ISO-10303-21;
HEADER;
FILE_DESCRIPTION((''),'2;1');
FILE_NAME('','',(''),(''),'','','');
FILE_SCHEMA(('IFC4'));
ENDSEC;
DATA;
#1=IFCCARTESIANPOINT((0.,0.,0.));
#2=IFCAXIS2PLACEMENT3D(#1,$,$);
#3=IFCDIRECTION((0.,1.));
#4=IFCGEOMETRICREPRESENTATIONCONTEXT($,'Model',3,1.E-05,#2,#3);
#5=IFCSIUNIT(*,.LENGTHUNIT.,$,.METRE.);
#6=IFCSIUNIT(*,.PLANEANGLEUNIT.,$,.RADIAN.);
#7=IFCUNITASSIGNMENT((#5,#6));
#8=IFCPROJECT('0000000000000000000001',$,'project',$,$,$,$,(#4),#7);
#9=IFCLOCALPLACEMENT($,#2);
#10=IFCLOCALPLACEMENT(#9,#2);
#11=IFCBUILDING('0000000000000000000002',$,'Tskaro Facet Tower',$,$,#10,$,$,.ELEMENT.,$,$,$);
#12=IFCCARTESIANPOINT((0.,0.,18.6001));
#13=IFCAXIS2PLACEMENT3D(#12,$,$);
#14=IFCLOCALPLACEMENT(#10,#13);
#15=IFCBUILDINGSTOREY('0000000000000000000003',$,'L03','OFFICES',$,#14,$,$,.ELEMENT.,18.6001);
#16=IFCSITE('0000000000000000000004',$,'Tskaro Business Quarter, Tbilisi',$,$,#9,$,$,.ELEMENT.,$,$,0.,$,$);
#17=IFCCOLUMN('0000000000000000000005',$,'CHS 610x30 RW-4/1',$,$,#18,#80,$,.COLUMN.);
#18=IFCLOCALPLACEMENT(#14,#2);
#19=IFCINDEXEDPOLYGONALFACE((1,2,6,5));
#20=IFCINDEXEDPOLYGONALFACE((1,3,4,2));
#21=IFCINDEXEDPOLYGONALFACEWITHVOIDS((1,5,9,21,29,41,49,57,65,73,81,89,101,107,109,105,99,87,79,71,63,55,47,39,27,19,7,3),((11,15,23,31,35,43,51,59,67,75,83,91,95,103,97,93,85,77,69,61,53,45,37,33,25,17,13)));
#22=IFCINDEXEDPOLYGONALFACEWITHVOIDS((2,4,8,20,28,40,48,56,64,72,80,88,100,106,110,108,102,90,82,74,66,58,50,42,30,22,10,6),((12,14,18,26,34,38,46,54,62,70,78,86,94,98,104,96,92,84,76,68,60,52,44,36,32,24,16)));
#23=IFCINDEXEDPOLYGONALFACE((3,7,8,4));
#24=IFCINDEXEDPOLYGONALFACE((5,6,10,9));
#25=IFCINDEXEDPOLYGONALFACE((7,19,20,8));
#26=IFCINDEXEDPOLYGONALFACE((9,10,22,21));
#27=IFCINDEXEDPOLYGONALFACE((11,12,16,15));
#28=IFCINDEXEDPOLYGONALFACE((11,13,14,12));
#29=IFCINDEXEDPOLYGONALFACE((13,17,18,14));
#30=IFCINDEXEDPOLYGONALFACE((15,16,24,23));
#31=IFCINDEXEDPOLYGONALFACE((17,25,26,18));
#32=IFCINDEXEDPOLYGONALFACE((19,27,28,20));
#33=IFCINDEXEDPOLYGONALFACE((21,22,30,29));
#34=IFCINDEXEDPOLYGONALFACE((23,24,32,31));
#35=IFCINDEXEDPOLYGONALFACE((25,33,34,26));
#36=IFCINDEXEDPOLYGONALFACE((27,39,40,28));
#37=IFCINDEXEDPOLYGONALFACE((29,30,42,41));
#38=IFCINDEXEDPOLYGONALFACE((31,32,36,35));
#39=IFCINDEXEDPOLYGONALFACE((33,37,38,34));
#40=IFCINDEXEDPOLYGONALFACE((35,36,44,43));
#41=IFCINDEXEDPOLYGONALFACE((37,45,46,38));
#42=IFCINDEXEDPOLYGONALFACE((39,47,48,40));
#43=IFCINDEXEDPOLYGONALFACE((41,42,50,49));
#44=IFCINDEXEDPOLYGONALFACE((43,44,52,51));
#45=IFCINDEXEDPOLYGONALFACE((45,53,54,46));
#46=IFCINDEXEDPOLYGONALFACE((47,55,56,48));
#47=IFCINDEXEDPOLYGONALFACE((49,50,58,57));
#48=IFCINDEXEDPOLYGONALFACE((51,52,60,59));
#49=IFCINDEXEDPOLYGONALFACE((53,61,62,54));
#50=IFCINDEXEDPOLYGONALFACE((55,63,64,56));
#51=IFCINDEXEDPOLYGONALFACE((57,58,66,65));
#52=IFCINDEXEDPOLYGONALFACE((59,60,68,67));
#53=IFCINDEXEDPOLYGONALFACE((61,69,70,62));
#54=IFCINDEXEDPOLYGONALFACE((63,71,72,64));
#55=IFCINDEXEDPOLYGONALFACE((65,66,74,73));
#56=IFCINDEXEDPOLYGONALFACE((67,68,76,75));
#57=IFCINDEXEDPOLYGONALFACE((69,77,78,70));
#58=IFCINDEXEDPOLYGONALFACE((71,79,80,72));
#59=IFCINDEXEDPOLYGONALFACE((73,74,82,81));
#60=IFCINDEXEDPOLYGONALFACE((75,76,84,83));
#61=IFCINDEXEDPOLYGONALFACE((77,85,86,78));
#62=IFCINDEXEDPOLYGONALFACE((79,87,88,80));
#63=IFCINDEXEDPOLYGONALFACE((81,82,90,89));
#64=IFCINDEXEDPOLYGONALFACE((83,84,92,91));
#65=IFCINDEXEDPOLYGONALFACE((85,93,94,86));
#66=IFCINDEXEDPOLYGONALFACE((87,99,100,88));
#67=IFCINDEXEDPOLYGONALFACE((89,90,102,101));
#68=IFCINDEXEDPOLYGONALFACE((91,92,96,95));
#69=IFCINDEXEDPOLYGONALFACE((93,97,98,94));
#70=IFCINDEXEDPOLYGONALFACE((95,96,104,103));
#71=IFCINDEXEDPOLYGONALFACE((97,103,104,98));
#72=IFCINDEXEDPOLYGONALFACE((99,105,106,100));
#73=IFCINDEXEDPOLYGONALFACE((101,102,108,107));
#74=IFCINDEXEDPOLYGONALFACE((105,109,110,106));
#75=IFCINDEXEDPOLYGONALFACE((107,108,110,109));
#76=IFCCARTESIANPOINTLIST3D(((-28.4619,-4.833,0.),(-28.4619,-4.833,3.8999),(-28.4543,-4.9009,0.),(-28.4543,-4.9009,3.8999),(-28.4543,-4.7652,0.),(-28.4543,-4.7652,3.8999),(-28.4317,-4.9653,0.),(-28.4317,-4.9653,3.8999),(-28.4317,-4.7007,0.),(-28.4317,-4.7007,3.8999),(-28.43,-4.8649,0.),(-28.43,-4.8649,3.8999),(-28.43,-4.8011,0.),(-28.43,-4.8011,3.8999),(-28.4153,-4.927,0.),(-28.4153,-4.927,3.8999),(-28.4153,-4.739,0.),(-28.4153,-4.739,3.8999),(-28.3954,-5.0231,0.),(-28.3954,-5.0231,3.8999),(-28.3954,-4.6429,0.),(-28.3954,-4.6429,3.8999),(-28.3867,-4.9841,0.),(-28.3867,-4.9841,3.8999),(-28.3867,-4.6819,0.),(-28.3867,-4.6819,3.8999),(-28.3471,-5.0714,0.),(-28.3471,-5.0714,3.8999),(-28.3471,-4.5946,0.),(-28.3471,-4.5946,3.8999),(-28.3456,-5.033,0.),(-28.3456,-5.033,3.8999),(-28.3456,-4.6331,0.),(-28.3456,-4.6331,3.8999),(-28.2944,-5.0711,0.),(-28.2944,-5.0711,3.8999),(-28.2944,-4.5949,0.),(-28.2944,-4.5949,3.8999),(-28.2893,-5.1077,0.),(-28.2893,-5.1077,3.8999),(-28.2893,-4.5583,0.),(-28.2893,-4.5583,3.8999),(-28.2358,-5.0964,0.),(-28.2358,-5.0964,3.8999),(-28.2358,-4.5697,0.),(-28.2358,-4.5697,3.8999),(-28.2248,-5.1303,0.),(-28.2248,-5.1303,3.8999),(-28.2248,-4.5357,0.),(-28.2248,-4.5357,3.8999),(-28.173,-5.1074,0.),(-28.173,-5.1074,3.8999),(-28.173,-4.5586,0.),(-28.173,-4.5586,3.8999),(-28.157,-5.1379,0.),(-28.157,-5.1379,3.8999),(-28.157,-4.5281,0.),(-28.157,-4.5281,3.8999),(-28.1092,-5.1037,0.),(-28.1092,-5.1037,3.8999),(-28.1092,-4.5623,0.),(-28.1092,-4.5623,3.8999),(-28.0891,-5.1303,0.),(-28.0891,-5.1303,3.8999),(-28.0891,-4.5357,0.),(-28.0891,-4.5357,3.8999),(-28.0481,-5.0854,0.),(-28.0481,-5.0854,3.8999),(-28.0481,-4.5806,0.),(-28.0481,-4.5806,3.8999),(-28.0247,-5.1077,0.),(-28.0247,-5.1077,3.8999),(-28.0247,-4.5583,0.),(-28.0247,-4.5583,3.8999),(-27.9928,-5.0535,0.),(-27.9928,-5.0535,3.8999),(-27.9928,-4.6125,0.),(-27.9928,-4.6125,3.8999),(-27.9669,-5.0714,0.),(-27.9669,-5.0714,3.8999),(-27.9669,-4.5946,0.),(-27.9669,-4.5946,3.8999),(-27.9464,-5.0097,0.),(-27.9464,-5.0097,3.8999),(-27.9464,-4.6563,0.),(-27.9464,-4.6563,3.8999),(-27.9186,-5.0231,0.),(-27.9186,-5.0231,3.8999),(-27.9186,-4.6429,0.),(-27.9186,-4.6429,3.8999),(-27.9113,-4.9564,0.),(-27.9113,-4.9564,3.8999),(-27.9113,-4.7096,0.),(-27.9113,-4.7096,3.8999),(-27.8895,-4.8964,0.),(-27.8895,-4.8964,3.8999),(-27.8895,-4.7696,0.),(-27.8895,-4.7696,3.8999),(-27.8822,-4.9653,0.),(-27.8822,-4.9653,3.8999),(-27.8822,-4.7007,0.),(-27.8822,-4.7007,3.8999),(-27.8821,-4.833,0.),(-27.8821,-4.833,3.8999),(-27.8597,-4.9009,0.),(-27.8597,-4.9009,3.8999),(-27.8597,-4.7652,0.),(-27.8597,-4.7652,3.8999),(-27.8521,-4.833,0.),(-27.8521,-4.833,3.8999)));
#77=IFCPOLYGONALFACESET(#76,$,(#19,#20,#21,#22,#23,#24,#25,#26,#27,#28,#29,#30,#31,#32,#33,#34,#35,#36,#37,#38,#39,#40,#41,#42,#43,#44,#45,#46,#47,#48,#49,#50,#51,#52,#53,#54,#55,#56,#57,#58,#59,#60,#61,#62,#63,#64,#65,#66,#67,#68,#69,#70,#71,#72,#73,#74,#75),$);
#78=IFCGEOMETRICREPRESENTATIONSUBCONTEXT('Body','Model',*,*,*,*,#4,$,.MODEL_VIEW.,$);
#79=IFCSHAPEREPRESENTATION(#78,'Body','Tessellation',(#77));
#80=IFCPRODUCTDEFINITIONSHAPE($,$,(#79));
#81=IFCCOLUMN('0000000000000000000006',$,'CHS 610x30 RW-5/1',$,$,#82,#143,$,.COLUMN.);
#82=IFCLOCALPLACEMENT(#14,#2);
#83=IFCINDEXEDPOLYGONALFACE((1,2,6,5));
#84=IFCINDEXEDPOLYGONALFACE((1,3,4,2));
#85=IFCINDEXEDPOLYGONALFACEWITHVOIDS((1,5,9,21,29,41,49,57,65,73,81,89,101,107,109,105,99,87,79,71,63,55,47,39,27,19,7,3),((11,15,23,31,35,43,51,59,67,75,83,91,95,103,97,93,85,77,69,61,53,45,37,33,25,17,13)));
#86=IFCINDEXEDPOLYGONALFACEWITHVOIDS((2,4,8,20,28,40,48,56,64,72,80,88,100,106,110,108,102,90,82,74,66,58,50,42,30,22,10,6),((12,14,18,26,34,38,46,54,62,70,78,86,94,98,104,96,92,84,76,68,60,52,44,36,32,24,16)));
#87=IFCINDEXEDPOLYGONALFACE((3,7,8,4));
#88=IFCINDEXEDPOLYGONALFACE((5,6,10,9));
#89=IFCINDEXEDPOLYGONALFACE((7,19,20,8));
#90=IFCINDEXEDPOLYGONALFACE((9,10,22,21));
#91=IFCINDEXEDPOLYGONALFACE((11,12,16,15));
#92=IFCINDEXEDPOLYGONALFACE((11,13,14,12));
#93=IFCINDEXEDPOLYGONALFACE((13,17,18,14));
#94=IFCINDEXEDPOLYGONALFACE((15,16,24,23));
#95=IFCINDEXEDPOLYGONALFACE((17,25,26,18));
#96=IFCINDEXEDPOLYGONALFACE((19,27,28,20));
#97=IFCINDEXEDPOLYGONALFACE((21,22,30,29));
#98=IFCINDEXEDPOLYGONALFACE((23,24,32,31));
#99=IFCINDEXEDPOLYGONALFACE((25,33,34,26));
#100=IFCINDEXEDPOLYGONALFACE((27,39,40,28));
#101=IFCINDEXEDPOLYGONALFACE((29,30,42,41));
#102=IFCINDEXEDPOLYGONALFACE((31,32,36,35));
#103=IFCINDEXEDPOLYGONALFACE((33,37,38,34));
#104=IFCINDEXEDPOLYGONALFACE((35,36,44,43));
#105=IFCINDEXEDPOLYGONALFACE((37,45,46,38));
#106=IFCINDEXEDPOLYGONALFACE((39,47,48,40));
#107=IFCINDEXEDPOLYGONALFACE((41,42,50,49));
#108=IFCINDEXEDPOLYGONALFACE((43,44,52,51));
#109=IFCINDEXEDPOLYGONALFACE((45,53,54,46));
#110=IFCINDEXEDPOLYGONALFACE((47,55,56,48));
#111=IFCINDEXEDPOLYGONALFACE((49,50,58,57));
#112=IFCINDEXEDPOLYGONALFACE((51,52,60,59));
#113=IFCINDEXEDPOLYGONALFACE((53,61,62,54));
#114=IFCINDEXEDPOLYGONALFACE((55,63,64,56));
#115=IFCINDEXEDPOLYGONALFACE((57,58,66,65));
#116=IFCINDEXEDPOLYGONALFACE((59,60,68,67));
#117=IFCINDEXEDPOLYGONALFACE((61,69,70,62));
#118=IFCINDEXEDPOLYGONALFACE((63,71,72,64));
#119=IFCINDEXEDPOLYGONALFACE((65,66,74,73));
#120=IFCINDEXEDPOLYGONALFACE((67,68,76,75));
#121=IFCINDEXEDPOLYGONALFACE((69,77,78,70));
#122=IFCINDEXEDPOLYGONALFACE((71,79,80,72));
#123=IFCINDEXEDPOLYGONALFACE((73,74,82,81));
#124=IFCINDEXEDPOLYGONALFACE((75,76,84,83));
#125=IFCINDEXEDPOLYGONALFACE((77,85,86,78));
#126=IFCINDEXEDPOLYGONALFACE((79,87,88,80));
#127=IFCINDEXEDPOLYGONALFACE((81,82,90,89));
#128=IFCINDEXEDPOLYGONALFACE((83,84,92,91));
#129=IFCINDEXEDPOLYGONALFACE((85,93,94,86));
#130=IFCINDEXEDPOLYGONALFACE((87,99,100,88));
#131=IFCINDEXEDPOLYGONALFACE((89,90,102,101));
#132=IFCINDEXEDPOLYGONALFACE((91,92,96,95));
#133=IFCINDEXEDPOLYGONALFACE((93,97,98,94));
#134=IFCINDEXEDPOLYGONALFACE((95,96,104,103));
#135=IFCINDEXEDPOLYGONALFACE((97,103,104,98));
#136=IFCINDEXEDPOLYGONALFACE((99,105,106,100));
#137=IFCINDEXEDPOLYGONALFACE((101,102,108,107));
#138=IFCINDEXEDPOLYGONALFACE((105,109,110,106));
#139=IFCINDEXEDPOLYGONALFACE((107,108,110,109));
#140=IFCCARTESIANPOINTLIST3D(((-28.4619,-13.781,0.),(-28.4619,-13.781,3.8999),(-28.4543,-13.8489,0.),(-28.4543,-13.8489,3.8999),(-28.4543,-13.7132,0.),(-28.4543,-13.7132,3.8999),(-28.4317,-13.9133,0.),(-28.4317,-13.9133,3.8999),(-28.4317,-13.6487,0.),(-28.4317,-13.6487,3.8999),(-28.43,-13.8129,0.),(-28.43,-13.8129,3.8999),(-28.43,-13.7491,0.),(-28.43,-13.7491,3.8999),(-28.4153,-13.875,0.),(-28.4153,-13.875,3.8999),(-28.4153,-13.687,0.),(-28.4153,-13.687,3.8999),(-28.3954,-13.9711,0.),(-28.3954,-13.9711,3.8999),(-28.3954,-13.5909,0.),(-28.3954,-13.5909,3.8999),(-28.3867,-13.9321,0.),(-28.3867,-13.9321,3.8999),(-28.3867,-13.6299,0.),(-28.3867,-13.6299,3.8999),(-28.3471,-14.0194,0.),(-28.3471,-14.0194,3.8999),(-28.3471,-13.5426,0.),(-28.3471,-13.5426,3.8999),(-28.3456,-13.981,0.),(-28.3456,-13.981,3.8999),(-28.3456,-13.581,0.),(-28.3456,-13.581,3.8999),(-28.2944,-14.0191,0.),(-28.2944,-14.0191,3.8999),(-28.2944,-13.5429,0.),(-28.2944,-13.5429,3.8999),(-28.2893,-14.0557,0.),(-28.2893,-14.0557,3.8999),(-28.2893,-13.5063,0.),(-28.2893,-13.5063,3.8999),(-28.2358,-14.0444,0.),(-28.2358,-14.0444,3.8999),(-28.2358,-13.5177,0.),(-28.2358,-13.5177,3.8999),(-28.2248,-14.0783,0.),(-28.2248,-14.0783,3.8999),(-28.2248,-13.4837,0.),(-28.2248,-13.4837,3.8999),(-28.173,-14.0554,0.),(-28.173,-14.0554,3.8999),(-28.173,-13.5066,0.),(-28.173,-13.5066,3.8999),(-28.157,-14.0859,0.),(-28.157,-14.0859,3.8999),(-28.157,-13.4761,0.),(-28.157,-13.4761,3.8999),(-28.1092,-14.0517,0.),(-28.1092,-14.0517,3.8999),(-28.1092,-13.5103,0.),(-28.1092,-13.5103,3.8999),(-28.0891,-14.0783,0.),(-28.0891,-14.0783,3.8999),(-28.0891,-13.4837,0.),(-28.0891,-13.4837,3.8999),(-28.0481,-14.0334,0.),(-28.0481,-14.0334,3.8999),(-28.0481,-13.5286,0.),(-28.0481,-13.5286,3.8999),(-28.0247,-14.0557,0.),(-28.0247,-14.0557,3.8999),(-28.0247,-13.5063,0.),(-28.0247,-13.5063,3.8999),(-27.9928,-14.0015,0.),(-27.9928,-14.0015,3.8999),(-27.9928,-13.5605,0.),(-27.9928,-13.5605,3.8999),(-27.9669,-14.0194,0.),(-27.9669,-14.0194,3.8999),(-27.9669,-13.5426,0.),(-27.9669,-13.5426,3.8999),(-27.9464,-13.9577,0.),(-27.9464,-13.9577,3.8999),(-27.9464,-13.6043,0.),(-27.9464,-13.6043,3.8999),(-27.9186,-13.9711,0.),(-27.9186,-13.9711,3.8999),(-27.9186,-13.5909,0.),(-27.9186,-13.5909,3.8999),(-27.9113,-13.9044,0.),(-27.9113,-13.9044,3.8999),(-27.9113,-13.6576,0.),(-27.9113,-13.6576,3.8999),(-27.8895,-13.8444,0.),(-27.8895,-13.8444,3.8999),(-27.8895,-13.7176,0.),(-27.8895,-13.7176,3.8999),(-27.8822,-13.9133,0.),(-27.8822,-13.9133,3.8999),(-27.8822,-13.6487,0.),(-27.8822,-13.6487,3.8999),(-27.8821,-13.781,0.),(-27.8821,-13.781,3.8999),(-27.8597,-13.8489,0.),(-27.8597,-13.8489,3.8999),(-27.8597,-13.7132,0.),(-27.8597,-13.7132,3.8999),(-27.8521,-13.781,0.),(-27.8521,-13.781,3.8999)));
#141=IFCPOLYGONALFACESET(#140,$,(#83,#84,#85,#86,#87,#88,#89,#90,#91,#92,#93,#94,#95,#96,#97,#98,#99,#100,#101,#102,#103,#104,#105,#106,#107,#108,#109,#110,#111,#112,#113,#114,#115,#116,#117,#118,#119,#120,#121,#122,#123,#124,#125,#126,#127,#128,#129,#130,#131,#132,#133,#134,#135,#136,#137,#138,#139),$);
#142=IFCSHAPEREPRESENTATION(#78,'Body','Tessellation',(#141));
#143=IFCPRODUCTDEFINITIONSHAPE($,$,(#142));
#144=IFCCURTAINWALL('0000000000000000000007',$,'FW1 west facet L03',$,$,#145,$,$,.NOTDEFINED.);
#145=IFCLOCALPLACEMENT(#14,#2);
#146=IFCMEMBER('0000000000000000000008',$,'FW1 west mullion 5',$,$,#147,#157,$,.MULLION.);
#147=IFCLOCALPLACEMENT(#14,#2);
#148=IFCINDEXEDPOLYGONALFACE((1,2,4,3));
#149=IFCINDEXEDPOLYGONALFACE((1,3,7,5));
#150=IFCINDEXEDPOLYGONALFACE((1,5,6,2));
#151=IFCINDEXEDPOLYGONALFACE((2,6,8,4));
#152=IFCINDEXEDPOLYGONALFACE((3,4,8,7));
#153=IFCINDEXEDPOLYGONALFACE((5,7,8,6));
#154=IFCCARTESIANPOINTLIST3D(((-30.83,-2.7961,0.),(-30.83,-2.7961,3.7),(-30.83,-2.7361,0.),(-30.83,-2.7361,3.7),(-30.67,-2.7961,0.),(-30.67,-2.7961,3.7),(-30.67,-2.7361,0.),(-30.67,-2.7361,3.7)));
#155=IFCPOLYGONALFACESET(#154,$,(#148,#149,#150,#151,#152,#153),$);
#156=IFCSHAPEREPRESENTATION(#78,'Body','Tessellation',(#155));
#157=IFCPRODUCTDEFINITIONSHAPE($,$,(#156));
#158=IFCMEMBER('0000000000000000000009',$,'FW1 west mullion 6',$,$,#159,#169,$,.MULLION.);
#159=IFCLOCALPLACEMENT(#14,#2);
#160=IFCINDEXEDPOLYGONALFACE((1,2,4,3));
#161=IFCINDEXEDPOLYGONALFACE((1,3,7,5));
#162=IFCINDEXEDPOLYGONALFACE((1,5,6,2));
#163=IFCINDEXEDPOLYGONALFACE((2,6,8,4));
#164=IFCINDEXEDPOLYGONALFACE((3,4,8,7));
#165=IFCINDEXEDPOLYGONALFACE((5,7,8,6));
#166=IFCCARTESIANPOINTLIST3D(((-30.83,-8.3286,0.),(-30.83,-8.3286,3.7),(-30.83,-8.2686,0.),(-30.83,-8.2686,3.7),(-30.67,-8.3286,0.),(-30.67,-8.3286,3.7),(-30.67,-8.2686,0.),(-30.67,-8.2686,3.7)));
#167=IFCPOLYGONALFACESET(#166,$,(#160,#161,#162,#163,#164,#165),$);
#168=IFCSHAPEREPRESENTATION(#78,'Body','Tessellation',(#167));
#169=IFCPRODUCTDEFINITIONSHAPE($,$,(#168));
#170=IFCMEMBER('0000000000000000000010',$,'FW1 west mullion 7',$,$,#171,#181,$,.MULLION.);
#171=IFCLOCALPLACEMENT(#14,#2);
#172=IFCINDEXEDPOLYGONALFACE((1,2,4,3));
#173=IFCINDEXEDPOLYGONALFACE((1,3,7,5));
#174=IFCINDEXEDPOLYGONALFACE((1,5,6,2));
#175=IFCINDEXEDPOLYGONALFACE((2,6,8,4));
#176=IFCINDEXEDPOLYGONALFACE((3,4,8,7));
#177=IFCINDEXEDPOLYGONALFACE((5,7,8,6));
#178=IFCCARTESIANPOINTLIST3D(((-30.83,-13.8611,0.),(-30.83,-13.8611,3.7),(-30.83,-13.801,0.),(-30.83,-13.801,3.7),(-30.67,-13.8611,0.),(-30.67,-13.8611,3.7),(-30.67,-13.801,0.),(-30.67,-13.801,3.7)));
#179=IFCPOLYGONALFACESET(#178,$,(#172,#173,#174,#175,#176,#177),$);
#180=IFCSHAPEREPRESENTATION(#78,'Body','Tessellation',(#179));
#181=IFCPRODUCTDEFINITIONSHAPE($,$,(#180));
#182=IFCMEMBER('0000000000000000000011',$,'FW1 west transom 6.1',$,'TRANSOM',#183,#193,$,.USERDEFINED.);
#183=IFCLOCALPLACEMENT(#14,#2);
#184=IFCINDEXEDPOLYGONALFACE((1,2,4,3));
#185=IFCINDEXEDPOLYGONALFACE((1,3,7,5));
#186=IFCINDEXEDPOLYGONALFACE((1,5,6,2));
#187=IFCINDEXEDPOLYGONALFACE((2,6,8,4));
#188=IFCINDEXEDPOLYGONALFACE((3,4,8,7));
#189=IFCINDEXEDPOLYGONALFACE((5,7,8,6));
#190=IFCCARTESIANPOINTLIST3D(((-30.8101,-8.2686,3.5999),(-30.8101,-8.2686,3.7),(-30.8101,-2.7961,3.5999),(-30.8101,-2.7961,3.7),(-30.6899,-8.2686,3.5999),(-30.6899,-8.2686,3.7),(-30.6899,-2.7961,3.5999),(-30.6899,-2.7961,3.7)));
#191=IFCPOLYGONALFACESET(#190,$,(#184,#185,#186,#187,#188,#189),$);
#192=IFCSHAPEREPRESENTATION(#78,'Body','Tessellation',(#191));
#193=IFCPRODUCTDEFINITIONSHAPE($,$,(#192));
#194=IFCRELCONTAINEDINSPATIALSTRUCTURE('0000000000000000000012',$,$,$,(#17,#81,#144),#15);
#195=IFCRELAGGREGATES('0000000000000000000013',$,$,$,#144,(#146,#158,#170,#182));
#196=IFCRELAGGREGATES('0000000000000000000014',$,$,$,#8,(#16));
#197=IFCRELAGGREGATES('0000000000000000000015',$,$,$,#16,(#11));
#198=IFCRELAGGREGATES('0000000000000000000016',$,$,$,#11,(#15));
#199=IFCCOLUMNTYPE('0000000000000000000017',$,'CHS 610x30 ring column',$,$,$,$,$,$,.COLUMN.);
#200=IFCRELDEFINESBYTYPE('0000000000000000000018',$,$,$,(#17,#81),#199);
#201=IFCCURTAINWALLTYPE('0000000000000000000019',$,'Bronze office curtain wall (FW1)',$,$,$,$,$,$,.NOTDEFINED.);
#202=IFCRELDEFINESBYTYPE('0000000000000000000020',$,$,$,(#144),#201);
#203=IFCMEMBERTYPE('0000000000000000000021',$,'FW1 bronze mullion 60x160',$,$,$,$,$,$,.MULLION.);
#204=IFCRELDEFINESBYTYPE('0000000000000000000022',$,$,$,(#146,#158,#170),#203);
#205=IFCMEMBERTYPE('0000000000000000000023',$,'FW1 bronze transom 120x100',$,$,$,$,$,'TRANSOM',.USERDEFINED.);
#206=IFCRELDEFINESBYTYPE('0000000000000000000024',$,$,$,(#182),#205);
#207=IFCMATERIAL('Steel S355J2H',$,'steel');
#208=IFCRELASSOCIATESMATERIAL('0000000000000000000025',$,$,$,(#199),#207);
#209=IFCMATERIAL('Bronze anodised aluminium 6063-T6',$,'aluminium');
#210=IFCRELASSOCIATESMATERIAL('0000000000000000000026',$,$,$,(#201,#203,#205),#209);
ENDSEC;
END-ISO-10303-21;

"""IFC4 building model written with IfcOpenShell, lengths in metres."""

from ifc_helpers import new_model, si_unit, direction, frame, origin, origin_2d, place, context, subcontext, project, spatial, rectangle, hollow_circle, extrude, material, material_profile, profile_set, type_object, element, aggregate, save


model = new_model("IFC4")

# Units and contexts
model_context = context("Model", 3, precision=1e-05, world=origin(), true_north=direction((0.0, 1.0)))
body_context = subcontext(model_context, "Body", "Model", "MODEL_VIEW")
ifc_project = project(units=[si_unit("LENGTHUNIT", "METRE"), si_unit("PLANEANGLEUNIT", "RADIAN")], contexts=[model_context])

# Site, building, storey
site_placement = place(None, origin())
site = spatial("IfcSite", under=ifc_project, at=site_placement, Name="Tskaro Business Quarter, Tbilisi", CompositionType="ELEMENT", RefElevation=0.0)
building_placement = place(site_placement, origin())
building = spatial("IfcBuilding", under=site, at=building_placement, Name="Tskaro Facet Tower", CompositionType="ELEMENT")
storey_placement = place(building_placement, frame((0.0, 0.0, 18.6001)))
storey = spatial("IfcBuildingStorey", under=building, at=storey_placement, Name="L03", Description="OFFICES", CompositionType="ELEMENT", Elevation=18.6001)

# Columns
ifc_material_1 = material(Name="Steel S355J2H", Category="steel")
ifc_material_profile_1 = material_profile(ifc_material_1, hollow_circle(Radius=0.3049, WallThickness=0.03, at=origin_2d()), Name="CHS 610x30")
ifc_profile_set_1 = profile_set([ifc_material_profile_1], Name="Steel S355J2H")
column_type = type_object("IfcColumnType", Name="CHS 610x30 ring column", PredefinedType="COLUMN", material=ifc_profile_set_1)
for number, where, z_axis, x_axis, name in (
    (1, (-28.157, -4.833, 0.0), (0.0, 0.0, 1.0), (1.0, 0.0, 0.0), "CHS 610x30 RW-4/1"),
    (2, (-28.157, -13.781, 0.0), (0.0, 0.0, 1.0), (1.0, 0.0, 0.0), "CHS 610x30 RW-5/1"),
):
    element("IfcColumn", number, at=place(storey_placement, frame(where, z_axis=z_axis, x_axis=x_axis)), inside=storey, type_object=column_type, Name=name, PredefinedType="COLUMN", context=body_context, shape_type="SweptSolid", body=[
        extrude(hollow_circle(Radius=0.3049, WallThickness=0.03, at=origin_2d()), origin(), (0.0, 0.0, 1.0), 3.8999),
    ])

# Curtain wall, members
ifc_material_2 = material(Name="Bronze anodised aluminium 6063-T6", Category="aluminium")
curtain_wall_type = type_object("IfcCurtainWallType", Name="Bronze office curtain wall (FW1)", PredefinedType="NOTDEFINED", material=ifc_material_2)
curtain_wall_placement = place(storey_placement, origin())
curtain_wall = element("IfcCurtainWall", 3, at=curtain_wall_placement, inside=storey, type_object=curtain_wall_type, Name="FW1 west facet L03", PredefinedType="NOTDEFINED")
ifc_material_profile_2 = material_profile(ifc_material_2, rectangle(XDim=0.0601, YDim=0.1599, at=origin_2d()), Name="Mullion 60x160")
ifc_profile_set_2 = profile_set([ifc_material_profile_2], Name="Bronze anodised aluminium 6063-T6")
member_type_1 = type_object("IfcMemberType", Name="FW1 bronze mullion 60x160", PredefinedType="MULLION", material=ifc_profile_set_2)
member_1_placement = place(storey_placement, frame((-30.75, -2.7661, 0.0), z_axis=(0.0, 0.0, 1.0), x_axis=(0.0, -1.0, 0.0)))
member_1 = element("IfcMember", 4, at=member_1_placement, type_object=member_type_1, Name="FW1 west mullion 5", PredefinedType="MULLION", context=body_context, shape_type="SweptSolid", body=[
    extrude(rectangle(XDim=0.0601, YDim=0.1599, at=origin_2d()), origin(), (0.0, 0.0, 1.0), 3.7),
])
member_2_placement = place(storey_placement, frame((-30.75, -8.2986, 0.0), z_axis=(0.0, 0.0, 1.0), x_axis=(0.0, -1.0, 0.0)))
member_2 = element("IfcMember", 5, at=member_2_placement, type_object=member_type_1, Name="FW1 west mullion 6", PredefinedType="MULLION", context=body_context, shape_type="SweptSolid", body=[
    extrude(rectangle(XDim=0.0601, YDim=0.1599, at=origin_2d()), origin(), (0.0, 0.0, 1.0), 3.7),
])
member_3_placement = place(storey_placement, frame((-30.75, -13.8311, 0.0), z_axis=(0.0, 0.0, 1.0), x_axis=(0.0, -1.0, 0.0)))
member_3 = element("IfcMember", 6, at=member_3_placement, type_object=member_type_1, Name="FW1 west mullion 7", PredefinedType="MULLION", context=body_context, shape_type="SweptSolid", body=[
    extrude(rectangle(XDim=0.0601, YDim=0.1599, at=origin_2d()), origin(), (0.0, 0.0, 1.0), 3.7),
])
ifc_material_profile_3 = material_profile(ifc_material_2, rectangle(XDim=0.1201, YDim=0.1001, at=origin_2d()), Name="Transom 120x100")
ifc_profile_set_3 = profile_set([ifc_material_profile_3], Name="Bronze anodised aluminium 6063-T6")
member_type_2 = type_object("IfcMemberType", Name="FW1 bronze transom 120x100", ElementType="TRANSOM", PredefinedType="USERDEFINED", material=ifc_profile_set_3)
member_4_placement = place(storey_placement, frame((-30.75, -2.7961, 3.6499), z_axis=(0.0, -1.0, 0.0), x_axis=(1.0, 0.0, 0.0)))
member_4 = element("IfcMember", 7, at=member_4_placement, type_object=member_type_2, Name="FW1 west transom 6.1", ObjectType="TRANSOM", PredefinedType="USERDEFINED", context=body_context, shape_type="SweptSolid", body=[
    extrude(rectangle(XDim=0.1201, YDim=0.1001, at=origin_2d()), origin(), (0.0, 0.0, 1.0), 5.4724),
])

aggregate(curtain_wall, [member_1, member_2, member_3, member_4])

save(model, "model.ifc")
